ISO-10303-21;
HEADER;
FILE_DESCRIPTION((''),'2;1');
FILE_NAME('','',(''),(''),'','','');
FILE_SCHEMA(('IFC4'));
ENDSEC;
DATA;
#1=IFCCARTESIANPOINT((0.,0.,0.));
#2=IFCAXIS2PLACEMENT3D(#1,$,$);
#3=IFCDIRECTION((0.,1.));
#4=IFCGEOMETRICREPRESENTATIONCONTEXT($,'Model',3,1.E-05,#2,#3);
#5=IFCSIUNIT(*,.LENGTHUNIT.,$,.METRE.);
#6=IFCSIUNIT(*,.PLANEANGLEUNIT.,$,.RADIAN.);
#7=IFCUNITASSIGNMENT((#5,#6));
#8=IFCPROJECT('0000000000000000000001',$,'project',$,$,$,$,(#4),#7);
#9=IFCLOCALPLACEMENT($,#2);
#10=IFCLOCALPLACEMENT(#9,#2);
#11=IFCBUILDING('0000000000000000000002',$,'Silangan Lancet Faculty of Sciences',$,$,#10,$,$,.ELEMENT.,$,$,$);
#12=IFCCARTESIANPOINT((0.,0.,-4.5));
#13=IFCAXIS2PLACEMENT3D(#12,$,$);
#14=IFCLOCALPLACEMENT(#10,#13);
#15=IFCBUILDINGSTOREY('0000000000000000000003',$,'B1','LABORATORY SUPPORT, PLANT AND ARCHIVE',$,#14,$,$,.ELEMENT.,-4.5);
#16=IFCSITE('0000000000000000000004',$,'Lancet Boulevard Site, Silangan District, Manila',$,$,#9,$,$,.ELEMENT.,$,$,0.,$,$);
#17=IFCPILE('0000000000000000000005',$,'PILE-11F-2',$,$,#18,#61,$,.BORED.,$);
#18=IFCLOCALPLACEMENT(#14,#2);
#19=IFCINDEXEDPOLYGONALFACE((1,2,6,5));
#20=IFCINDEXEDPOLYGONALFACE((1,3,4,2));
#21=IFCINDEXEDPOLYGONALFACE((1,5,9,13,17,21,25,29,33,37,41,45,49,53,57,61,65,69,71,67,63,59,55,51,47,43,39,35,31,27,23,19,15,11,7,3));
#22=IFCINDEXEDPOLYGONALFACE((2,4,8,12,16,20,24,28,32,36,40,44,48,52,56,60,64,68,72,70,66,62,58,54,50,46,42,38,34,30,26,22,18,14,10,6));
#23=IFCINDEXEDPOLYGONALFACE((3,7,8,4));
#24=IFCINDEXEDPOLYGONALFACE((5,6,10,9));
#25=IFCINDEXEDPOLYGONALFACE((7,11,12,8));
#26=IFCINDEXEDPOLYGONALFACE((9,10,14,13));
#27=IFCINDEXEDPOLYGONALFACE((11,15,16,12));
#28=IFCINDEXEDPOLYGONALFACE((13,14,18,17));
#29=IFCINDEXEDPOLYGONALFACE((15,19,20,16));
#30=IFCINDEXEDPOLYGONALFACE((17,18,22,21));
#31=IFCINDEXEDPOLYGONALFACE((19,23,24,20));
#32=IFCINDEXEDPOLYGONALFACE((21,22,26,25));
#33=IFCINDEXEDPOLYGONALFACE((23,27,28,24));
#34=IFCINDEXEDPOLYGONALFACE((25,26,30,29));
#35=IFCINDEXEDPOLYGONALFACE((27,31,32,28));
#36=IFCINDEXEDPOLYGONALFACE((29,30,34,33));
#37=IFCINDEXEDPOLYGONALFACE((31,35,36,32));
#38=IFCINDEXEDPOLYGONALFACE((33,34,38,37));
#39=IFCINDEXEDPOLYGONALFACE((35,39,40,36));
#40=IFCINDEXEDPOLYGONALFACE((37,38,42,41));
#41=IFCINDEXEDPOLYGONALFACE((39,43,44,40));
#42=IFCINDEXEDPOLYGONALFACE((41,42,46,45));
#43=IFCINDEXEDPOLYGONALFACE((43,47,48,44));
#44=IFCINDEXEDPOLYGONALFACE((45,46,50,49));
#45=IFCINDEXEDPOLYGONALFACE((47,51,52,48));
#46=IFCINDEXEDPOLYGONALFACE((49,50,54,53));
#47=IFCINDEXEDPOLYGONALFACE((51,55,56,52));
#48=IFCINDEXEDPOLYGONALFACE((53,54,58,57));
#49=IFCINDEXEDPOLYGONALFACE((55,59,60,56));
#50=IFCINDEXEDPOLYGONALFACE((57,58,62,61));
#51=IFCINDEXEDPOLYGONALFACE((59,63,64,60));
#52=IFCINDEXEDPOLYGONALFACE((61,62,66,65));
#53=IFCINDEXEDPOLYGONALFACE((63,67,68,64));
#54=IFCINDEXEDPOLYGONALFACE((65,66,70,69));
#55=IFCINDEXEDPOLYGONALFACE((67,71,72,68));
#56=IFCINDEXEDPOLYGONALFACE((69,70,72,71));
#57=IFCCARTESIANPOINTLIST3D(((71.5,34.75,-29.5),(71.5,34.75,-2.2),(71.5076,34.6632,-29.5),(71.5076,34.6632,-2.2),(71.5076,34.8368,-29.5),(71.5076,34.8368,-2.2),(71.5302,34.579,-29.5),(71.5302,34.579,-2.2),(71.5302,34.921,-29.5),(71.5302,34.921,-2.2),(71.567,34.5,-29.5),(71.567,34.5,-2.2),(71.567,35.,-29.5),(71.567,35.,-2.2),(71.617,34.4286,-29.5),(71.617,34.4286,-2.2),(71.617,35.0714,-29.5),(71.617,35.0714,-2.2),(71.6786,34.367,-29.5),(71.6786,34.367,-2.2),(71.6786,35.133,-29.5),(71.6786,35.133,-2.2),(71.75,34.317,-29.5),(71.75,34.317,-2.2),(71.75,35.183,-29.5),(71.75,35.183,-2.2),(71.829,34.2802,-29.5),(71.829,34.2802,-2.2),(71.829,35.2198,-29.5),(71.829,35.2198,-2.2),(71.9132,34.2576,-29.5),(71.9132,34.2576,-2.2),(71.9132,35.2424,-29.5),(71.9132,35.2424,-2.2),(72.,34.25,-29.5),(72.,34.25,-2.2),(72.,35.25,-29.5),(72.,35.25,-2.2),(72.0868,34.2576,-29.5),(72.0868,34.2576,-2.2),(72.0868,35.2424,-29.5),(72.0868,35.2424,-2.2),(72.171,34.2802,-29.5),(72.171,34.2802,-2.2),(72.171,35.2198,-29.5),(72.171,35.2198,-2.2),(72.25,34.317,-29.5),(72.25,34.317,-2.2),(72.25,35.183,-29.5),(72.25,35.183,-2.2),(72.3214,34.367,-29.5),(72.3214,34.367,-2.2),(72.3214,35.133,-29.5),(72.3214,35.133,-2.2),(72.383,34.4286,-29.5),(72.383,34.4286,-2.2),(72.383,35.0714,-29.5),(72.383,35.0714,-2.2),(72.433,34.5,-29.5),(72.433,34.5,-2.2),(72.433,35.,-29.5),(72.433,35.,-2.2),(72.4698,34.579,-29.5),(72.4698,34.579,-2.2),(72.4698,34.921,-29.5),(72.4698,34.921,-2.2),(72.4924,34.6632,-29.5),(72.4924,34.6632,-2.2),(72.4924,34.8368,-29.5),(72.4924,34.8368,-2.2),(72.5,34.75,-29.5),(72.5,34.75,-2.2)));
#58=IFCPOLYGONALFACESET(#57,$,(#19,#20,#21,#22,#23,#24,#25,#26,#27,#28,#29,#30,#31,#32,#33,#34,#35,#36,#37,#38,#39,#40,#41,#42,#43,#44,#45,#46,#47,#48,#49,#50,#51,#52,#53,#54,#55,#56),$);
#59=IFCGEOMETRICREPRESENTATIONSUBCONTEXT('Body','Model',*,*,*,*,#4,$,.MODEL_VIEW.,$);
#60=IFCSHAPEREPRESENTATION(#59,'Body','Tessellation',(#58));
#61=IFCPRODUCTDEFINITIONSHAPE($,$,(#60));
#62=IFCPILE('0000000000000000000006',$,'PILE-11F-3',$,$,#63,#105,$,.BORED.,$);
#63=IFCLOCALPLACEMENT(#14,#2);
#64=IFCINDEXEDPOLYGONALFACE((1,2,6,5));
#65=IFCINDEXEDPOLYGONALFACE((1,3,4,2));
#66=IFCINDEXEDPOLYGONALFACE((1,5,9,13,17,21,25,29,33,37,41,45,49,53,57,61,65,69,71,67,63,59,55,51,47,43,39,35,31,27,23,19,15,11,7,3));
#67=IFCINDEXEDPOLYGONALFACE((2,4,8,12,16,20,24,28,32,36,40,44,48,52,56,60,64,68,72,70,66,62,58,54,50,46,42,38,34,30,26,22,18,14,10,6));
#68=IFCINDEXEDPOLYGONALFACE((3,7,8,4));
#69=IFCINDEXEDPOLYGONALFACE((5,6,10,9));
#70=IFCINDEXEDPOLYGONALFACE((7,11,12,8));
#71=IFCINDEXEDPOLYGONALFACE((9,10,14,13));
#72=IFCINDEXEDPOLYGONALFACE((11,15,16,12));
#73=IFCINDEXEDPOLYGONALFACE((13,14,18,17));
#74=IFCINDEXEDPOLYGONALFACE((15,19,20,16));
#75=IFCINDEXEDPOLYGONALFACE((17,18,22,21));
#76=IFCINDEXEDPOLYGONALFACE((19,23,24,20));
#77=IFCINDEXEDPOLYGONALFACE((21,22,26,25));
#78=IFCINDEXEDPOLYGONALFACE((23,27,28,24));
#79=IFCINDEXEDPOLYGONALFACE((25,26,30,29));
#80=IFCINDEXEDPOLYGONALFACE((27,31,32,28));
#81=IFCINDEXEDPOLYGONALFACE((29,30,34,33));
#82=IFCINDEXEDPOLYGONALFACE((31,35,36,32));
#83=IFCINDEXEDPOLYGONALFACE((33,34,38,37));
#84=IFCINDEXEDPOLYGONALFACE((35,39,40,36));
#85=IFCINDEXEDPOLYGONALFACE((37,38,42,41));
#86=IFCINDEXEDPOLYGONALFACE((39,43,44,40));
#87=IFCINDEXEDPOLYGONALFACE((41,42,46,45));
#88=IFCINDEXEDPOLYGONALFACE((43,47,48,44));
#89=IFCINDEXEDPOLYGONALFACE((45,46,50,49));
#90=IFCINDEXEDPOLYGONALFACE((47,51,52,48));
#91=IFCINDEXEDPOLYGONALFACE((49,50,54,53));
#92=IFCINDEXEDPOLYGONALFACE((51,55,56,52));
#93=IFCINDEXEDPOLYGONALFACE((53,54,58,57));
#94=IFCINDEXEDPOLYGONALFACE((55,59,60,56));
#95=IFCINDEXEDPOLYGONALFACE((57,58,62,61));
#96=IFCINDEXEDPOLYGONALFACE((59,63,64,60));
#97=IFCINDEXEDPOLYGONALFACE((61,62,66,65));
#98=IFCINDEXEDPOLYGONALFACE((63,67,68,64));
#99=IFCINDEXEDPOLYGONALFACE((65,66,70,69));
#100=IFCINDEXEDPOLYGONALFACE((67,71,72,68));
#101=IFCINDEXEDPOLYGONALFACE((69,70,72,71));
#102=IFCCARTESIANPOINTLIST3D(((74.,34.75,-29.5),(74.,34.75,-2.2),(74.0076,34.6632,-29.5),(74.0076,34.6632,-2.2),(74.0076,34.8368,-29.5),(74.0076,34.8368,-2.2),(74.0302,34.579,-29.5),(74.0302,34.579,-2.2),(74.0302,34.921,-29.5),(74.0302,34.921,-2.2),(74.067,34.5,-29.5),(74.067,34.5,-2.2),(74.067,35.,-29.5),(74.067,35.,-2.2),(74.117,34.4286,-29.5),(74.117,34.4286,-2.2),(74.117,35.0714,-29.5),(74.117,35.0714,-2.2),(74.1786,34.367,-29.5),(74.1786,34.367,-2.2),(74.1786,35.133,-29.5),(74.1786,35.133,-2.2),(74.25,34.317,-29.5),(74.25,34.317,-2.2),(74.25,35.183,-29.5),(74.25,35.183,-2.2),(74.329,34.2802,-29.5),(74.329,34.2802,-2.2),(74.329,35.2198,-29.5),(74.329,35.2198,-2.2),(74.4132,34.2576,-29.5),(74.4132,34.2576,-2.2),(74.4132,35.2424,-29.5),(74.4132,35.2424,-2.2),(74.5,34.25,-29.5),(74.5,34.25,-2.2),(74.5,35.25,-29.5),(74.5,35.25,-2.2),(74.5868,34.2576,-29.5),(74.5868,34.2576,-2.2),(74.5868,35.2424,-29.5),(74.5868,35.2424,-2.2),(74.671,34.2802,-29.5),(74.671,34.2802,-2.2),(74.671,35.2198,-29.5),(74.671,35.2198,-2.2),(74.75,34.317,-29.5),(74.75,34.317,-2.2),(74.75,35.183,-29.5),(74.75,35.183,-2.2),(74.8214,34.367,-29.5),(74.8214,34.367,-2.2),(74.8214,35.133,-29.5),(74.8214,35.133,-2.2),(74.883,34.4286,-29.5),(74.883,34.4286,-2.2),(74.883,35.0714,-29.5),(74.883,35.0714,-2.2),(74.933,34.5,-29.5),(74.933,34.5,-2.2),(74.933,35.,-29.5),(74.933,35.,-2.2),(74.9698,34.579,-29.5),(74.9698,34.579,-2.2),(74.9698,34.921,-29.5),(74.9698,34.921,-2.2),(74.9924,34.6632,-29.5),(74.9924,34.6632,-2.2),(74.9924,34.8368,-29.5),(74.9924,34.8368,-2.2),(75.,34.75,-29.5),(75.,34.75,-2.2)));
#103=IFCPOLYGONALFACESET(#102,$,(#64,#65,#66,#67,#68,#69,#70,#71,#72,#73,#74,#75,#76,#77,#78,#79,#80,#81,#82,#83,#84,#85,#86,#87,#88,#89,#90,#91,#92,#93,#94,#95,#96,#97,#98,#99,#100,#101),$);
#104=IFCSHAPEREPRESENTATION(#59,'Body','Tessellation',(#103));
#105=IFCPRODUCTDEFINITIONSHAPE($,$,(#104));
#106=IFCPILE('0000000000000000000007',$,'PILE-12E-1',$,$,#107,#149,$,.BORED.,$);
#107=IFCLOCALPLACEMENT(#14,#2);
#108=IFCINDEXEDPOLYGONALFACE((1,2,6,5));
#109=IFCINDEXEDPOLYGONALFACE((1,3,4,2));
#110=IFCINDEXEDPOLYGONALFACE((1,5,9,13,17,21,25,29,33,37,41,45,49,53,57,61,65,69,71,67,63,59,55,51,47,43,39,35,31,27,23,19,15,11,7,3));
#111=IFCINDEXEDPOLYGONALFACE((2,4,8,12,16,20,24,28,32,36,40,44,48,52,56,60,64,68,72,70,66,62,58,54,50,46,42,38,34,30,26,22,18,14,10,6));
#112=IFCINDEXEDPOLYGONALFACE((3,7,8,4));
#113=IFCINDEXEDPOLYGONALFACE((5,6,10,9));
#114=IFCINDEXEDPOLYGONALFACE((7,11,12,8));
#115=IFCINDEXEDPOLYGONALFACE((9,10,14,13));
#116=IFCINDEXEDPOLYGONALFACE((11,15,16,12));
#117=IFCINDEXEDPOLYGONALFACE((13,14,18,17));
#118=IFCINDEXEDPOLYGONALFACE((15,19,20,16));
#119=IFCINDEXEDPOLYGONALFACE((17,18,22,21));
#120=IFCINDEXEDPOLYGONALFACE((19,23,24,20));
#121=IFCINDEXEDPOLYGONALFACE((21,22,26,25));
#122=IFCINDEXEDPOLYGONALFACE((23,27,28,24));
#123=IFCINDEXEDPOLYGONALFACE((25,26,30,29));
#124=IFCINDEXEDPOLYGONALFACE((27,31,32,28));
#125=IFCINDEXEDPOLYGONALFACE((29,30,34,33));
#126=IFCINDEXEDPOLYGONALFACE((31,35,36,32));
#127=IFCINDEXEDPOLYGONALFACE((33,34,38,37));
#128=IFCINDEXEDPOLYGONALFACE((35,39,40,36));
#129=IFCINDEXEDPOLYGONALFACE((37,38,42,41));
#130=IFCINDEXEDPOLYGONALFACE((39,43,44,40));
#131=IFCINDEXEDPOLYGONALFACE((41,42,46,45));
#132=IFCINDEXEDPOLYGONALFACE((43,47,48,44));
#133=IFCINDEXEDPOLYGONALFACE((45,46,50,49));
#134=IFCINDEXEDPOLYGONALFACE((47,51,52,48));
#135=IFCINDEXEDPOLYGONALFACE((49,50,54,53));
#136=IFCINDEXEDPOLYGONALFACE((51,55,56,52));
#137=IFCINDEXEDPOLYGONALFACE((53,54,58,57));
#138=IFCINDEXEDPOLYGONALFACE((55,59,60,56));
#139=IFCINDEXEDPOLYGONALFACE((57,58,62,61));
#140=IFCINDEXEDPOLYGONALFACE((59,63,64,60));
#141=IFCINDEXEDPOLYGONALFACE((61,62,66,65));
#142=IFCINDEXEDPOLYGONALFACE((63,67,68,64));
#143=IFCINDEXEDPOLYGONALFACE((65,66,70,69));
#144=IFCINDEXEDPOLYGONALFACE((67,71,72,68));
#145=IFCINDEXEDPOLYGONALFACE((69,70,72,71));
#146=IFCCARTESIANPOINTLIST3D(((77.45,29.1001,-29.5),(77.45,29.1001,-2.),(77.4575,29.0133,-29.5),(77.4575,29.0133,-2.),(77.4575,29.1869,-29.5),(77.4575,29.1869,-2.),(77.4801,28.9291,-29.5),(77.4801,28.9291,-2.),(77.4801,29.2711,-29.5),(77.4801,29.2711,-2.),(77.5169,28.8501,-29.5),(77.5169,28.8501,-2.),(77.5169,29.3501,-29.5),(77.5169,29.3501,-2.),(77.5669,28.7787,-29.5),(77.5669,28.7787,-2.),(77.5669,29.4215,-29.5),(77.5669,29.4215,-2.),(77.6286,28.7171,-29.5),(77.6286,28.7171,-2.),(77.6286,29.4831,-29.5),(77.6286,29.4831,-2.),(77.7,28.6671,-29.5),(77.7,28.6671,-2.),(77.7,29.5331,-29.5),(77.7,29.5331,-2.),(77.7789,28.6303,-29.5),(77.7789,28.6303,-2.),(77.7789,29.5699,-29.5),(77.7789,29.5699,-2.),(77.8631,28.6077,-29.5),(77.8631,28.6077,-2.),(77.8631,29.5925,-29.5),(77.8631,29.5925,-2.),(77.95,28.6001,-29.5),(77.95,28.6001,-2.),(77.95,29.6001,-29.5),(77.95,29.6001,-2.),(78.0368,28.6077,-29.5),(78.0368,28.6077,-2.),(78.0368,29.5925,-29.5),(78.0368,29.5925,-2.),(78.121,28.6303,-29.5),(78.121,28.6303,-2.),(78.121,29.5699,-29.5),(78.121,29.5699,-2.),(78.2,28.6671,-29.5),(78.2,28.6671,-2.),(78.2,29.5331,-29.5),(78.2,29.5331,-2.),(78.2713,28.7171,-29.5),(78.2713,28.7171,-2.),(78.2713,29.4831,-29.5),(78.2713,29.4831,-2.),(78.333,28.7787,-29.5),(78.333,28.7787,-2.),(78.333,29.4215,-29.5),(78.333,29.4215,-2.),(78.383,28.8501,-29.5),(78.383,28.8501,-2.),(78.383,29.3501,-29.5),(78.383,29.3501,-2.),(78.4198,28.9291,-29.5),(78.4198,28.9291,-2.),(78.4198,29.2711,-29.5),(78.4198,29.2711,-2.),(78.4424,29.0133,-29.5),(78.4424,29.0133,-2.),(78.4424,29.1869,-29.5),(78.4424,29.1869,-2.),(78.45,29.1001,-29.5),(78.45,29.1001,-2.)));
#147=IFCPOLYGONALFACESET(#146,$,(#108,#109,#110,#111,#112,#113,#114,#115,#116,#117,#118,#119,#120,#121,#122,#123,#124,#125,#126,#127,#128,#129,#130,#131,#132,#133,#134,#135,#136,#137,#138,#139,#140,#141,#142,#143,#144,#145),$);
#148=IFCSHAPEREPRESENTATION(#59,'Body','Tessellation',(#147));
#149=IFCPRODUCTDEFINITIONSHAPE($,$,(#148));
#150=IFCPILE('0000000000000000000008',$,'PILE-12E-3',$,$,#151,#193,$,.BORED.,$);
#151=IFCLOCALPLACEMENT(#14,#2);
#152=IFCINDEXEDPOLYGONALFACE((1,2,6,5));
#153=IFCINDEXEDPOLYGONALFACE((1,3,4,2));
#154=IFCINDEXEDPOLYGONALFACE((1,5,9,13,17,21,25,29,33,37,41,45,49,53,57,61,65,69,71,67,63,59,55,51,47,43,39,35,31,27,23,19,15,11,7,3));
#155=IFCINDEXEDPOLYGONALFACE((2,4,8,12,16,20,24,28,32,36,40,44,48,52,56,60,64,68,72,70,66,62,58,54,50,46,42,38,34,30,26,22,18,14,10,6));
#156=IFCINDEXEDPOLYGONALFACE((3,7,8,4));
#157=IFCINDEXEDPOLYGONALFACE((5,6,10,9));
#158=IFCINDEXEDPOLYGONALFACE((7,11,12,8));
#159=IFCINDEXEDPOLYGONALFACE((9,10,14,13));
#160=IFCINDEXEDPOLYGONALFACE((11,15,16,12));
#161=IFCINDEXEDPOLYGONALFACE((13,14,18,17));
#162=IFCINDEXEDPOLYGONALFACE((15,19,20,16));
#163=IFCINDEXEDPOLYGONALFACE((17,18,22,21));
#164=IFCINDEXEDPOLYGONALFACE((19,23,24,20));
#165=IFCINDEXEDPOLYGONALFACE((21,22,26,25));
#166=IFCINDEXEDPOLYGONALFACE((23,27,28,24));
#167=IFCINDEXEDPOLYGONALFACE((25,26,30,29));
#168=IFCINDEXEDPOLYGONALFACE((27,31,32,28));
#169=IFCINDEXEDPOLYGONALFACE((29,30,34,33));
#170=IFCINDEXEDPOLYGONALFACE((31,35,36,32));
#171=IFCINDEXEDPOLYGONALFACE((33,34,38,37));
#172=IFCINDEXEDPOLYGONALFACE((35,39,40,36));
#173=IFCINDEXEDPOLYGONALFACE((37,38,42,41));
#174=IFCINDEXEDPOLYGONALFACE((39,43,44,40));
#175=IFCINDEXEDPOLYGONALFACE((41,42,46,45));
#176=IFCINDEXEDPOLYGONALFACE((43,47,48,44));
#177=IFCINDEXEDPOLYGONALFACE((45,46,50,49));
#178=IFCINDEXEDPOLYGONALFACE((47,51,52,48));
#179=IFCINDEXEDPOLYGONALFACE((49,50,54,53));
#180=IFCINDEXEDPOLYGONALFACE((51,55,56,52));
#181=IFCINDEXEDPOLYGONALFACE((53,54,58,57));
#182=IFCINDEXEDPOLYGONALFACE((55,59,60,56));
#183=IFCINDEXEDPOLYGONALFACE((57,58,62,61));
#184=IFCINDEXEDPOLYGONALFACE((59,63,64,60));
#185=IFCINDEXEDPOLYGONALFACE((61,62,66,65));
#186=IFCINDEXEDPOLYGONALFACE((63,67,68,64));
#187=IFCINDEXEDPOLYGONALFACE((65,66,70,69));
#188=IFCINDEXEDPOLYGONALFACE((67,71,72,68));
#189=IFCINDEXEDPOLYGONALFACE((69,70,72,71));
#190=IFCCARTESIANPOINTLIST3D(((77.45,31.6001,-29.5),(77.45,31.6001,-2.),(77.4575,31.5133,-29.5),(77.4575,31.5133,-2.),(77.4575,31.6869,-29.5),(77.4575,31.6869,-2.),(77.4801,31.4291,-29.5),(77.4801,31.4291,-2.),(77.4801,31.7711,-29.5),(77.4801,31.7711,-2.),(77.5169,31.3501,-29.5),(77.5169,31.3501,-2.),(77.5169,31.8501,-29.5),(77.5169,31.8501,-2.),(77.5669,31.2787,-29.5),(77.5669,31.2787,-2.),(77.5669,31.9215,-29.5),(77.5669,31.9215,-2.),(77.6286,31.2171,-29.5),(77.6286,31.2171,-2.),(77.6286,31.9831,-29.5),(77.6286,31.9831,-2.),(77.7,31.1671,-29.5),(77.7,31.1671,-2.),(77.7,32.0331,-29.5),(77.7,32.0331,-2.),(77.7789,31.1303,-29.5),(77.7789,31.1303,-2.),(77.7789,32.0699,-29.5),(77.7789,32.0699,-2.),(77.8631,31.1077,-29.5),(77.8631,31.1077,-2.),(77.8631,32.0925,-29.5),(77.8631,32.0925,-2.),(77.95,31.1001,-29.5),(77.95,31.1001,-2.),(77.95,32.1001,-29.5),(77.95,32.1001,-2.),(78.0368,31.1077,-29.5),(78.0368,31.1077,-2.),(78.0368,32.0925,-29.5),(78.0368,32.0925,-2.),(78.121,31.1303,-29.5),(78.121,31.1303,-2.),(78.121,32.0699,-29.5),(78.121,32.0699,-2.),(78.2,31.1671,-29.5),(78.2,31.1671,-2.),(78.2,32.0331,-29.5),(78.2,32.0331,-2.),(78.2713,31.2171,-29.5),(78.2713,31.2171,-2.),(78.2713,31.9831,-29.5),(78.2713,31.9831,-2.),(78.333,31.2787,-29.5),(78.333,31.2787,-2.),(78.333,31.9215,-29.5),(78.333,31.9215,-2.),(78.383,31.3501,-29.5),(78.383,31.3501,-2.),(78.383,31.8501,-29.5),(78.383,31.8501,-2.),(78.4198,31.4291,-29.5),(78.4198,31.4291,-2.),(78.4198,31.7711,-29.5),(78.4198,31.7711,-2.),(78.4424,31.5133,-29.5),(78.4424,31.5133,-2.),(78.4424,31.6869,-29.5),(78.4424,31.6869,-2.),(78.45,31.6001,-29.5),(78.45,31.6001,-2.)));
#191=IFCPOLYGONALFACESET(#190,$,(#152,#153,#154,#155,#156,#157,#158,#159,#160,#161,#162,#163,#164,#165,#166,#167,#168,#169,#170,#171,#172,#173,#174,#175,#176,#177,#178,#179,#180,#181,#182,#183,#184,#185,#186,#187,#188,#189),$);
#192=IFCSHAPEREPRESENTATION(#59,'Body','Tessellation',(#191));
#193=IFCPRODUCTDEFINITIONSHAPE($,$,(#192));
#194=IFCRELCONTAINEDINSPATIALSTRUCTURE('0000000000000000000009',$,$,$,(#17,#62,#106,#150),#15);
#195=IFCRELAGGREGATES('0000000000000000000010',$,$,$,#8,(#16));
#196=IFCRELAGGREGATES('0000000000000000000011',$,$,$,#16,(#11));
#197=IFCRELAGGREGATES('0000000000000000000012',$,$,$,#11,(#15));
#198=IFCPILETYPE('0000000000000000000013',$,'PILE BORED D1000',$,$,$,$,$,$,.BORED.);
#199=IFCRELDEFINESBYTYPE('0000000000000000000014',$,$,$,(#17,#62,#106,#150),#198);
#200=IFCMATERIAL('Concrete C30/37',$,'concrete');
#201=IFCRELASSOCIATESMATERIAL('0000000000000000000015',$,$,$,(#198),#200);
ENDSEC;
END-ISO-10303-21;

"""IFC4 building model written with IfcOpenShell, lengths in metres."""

from ifc_helpers import new_model, si_unit, direction, frame, origin, origin_2d, place, context, subcontext, project, spatial, circle, extrude, material, material_profile, profile_set, type_object, element, save


model = new_model("IFC4")

# Units and contexts
model_context = context("Model", 3, precision=1e-05, world=origin(), true_north=direction((0.0, 1.0)))
body_context = subcontext(model_context, "Body", "Model", "MODEL_VIEW")
ifc_project = project(units=[si_unit("LENGTHUNIT", "METRE"), si_unit("PLANEANGLEUNIT", "RADIAN")], contexts=[model_context])

# Site, building, storey
site_placement = place(None, origin())
site = spatial("IfcSite", under=ifc_project, at=site_placement, Name="Lancet Boulevard Site, Silangan District, Manila", CompositionType="ELEMENT", RefElevation=0.0)
building_placement = place(site_placement, origin())
building = spatial("IfcBuilding", under=site, at=building_placement, Name="Silangan Lancet Faculty of Sciences", CompositionType="ELEMENT")
storey_placement = place(building_placement, frame((0.0, 0.0, -4.5)))
storey = spatial("IfcBuildingStorey", under=building, at=storey_placement, Name="B1", Description="LABORATORY SUPPORT, PLANT AND ARCHIVE", CompositionType="ELEMENT", Elevation=-4.5)

# Piles
ifc_material_1 = material(Name="Concrete C30/37", Category="concrete")
ifc_material_profile_1 = material_profile(ifc_material_1, circle(Radius=0.5, at=origin_2d()), Name="BORED PILE D1000")
ifc_profile_set_1 = profile_set([ifc_material_profile_1], Name="Concrete C30/37")
pile_type = type_object("IfcPileType", Name="PILE BORED D1000", PredefinedType="BORED", material=ifc_profile_set_1)
for number, where, z_axis, x_axis, name in (
    (1, (72.0, 34.75, -2.2), (0.0, 0.0, -1.0), (1.0, 0.0, 0.0), "PILE-11F-2"),
    (2, (74.5, 34.75, -2.2), (0.0, 0.0, -1.0), (1.0, 0.0, 0.0), "PILE-11F-3"),
):
    element("IfcPile", number, at=place(storey_placement, frame(where, z_axis=z_axis, x_axis=x_axis)), inside=storey, type_object=pile_type, Name=name, PredefinedType="BORED", context=body_context, shape_type="SweptSolid", body=[
        extrude(circle(Radius=0.5, at=origin_2d()), origin(), (0.0, 0.0, 1.0), 27.3),
    ])
for number, where, z_axis, x_axis, name in (
    (3, (77.95, 29.1001, -2.0), (0.0, 0.0, -1.0), (1.0, 0.0, 0.0), "PILE-12E-1"),
    (4, (77.95, 31.6001, -2.0), (0.0, 0.0, -1.0), (1.0, 0.0, 0.0), "PILE-12E-3"),
):
    element("IfcPile", number, at=place(storey_placement, frame(where, z_axis=z_axis, x_axis=x_axis)), inside=storey, type_object=pile_type, Name=name, PredefinedType="BORED", context=body_context, shape_type="SweptSolid", body=[
        extrude(circle(Radius=0.5, at=origin_2d()), origin(), (0.0, 0.0, 1.0), 27.5),
    ])

save(model, "model.ifc")
